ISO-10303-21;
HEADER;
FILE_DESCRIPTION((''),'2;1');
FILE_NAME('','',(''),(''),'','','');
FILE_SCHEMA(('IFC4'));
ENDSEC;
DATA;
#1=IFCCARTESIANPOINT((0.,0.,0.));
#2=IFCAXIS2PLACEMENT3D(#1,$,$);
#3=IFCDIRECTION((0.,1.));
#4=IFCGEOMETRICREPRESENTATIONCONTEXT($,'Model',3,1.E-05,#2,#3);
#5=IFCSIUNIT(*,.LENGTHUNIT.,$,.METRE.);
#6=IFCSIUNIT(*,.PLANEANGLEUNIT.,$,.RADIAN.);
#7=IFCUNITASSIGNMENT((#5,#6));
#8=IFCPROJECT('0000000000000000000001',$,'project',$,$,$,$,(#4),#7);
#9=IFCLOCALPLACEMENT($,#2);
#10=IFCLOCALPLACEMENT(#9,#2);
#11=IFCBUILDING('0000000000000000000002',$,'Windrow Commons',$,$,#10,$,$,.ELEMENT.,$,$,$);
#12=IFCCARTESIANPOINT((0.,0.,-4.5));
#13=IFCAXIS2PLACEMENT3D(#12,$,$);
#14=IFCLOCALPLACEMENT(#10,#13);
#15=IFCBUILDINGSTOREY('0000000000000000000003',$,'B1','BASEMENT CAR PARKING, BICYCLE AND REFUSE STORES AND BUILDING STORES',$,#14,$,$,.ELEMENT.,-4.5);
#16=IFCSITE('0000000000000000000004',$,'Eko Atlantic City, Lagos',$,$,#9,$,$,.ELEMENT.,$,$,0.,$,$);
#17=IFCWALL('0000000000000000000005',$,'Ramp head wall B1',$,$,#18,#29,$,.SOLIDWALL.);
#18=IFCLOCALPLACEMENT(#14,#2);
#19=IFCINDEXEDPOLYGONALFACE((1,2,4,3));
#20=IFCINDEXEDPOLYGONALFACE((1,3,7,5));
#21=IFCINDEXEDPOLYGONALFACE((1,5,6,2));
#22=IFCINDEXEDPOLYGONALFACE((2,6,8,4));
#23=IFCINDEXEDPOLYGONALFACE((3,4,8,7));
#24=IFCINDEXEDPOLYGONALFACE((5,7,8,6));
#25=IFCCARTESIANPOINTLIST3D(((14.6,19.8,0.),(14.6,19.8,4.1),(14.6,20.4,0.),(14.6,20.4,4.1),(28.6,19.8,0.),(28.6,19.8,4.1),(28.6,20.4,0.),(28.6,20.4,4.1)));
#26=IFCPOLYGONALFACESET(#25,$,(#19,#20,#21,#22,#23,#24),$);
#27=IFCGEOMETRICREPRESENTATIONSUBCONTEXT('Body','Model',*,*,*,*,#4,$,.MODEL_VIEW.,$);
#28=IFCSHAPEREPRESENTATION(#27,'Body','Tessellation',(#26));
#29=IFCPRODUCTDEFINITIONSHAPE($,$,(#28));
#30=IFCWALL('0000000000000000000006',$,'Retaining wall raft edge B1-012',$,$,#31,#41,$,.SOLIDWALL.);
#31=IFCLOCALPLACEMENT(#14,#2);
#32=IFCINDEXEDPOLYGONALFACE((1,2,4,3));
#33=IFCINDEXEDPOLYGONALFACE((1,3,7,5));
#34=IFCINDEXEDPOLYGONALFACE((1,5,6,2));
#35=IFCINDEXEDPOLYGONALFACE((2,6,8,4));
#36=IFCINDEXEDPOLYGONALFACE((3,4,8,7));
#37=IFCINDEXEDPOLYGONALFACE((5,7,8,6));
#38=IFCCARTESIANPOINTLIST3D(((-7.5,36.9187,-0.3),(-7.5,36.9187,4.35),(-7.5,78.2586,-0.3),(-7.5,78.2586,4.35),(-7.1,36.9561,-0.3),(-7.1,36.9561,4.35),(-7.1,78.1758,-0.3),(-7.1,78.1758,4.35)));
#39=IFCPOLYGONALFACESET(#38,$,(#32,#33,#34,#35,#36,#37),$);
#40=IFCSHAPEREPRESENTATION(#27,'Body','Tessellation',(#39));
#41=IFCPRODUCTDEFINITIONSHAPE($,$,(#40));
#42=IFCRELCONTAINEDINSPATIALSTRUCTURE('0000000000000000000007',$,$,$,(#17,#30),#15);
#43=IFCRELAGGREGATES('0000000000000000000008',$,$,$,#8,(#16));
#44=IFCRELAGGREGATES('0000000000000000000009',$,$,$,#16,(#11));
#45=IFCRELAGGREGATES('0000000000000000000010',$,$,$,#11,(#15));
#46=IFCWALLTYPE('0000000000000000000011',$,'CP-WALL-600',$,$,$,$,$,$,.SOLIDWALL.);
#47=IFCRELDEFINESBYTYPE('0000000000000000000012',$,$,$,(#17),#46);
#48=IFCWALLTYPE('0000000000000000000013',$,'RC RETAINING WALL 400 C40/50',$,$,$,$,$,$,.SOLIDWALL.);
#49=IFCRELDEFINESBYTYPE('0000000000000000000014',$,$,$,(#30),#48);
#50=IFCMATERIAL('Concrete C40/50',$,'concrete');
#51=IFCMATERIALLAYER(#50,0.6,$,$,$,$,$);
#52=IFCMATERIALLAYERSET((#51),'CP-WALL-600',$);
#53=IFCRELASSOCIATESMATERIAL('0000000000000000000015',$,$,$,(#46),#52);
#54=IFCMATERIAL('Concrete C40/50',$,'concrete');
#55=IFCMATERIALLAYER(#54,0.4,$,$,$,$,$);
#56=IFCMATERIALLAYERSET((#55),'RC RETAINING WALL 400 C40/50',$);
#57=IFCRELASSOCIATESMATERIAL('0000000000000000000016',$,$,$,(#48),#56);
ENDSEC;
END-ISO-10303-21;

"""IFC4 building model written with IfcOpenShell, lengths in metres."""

from ifc_helpers import new_model, si_unit, direction, frame, frame_2d, origin, place, context, subcontext, project, spatial, polyline, rectangle, outline, extrude, material, layer, layer_set, type_object, element, save


model = new_model("IFC4")

# Units and contexts
model_context = context("Model", 3, precision=1e-05, world=origin(), true_north=direction((0.0, 1.0)))
body_context = subcontext(model_context, "Body", "Model", "MODEL_VIEW")
ifc_project = project(units=[si_unit("LENGTHUNIT", "METRE"), si_unit("PLANEANGLEUNIT", "RADIAN")], contexts=[model_context])

# Site, building, storey
site_placement = place(None, origin())
site = spatial("IfcSite", under=ifc_project, at=site_placement, Name="Eko Atlantic City, Lagos", CompositionType="ELEMENT", RefElevation=0.0)
building_placement = place(site_placement, origin())
building = spatial("IfcBuilding", under=site, at=building_placement, Name="Windrow Commons", CompositionType="ELEMENT")
storey_placement = place(building_placement, frame((0.0, 0.0, -4.5)))
storey = spatial("IfcBuildingStorey", under=building, at=storey_placement, Name="B1", Description="BASEMENT CAR PARKING, BICYCLE AND REFUSE STORES AND BUILDING STORES", CompositionType="ELEMENT", Elevation=-4.5)

# Walls
ifc_material_1 = material(Name="Concrete C40/50", Category="concrete")
ifc_layer_1 = layer(ifc_material_1, 0.6)
ifc_layer_set_1 = layer_set([ifc_layer_1], Name="CP-WALL-600")
wall_type_1 = type_object("IfcWallType", Name="CP-WALL-600", PredefinedType="SOLIDWALL", material=ifc_layer_set_1)
wall_1_placement = place(storey_placement, frame((14.6, 20.1, 0.0), z_axis=(0.0, 0.0, 1.0), x_axis=(1.0, 0.0, 0.0)))
element("IfcWall", 1, at=wall_1_placement, inside=storey, type_object=wall_type_1, Name="Ramp head wall B1", PredefinedType="SOLIDWALL", context=body_context, shape_type="SweptSolid", body=[
    extrude(rectangle(XDim=14.0, YDim=0.6, at=frame_2d((7.0, 0.0))), origin(), (0.0, 0.0, 1.0), 4.1),
])
ifc_material_2 = material(Name="Concrete C40/50", Category="concrete")
ifc_layer_2 = layer(ifc_material_2, 0.4)
ifc_layer_set_2 = layer_set([ifc_layer_2], Name="RC RETAINING WALL 400 C40/50")
wall_type_2 = type_object("IfcWallType", Name="RC RETAINING WALL 400 C40/50", PredefinedType="SOLIDWALL", material=ifc_layer_set_2)
wall_2_placement = place(storey_placement, frame((-7.3, 36.9374, -0.3), z_axis=(0.0, 0.0, 1.0), x_axis=(0.0, 1.0, 0.0)))
element("IfcWall", 2, at=wall_2_placement, inside=storey, type_object=wall_type_2, Name="Retaining wall raft edge B1-012", PredefinedType="SOLIDWALL", context=body_context, shape_type="SweptSolid", body=[
    extrude(outline(polyline([(0.0187, -0.2), (41.2384, -0.2), (41.3212, 0.2), (-0.0187, 0.2), (0.0187, -0.2)])), origin(), (0.0, 0.0, 1.0), 4.65),
])

save(model, "model.ifc")
